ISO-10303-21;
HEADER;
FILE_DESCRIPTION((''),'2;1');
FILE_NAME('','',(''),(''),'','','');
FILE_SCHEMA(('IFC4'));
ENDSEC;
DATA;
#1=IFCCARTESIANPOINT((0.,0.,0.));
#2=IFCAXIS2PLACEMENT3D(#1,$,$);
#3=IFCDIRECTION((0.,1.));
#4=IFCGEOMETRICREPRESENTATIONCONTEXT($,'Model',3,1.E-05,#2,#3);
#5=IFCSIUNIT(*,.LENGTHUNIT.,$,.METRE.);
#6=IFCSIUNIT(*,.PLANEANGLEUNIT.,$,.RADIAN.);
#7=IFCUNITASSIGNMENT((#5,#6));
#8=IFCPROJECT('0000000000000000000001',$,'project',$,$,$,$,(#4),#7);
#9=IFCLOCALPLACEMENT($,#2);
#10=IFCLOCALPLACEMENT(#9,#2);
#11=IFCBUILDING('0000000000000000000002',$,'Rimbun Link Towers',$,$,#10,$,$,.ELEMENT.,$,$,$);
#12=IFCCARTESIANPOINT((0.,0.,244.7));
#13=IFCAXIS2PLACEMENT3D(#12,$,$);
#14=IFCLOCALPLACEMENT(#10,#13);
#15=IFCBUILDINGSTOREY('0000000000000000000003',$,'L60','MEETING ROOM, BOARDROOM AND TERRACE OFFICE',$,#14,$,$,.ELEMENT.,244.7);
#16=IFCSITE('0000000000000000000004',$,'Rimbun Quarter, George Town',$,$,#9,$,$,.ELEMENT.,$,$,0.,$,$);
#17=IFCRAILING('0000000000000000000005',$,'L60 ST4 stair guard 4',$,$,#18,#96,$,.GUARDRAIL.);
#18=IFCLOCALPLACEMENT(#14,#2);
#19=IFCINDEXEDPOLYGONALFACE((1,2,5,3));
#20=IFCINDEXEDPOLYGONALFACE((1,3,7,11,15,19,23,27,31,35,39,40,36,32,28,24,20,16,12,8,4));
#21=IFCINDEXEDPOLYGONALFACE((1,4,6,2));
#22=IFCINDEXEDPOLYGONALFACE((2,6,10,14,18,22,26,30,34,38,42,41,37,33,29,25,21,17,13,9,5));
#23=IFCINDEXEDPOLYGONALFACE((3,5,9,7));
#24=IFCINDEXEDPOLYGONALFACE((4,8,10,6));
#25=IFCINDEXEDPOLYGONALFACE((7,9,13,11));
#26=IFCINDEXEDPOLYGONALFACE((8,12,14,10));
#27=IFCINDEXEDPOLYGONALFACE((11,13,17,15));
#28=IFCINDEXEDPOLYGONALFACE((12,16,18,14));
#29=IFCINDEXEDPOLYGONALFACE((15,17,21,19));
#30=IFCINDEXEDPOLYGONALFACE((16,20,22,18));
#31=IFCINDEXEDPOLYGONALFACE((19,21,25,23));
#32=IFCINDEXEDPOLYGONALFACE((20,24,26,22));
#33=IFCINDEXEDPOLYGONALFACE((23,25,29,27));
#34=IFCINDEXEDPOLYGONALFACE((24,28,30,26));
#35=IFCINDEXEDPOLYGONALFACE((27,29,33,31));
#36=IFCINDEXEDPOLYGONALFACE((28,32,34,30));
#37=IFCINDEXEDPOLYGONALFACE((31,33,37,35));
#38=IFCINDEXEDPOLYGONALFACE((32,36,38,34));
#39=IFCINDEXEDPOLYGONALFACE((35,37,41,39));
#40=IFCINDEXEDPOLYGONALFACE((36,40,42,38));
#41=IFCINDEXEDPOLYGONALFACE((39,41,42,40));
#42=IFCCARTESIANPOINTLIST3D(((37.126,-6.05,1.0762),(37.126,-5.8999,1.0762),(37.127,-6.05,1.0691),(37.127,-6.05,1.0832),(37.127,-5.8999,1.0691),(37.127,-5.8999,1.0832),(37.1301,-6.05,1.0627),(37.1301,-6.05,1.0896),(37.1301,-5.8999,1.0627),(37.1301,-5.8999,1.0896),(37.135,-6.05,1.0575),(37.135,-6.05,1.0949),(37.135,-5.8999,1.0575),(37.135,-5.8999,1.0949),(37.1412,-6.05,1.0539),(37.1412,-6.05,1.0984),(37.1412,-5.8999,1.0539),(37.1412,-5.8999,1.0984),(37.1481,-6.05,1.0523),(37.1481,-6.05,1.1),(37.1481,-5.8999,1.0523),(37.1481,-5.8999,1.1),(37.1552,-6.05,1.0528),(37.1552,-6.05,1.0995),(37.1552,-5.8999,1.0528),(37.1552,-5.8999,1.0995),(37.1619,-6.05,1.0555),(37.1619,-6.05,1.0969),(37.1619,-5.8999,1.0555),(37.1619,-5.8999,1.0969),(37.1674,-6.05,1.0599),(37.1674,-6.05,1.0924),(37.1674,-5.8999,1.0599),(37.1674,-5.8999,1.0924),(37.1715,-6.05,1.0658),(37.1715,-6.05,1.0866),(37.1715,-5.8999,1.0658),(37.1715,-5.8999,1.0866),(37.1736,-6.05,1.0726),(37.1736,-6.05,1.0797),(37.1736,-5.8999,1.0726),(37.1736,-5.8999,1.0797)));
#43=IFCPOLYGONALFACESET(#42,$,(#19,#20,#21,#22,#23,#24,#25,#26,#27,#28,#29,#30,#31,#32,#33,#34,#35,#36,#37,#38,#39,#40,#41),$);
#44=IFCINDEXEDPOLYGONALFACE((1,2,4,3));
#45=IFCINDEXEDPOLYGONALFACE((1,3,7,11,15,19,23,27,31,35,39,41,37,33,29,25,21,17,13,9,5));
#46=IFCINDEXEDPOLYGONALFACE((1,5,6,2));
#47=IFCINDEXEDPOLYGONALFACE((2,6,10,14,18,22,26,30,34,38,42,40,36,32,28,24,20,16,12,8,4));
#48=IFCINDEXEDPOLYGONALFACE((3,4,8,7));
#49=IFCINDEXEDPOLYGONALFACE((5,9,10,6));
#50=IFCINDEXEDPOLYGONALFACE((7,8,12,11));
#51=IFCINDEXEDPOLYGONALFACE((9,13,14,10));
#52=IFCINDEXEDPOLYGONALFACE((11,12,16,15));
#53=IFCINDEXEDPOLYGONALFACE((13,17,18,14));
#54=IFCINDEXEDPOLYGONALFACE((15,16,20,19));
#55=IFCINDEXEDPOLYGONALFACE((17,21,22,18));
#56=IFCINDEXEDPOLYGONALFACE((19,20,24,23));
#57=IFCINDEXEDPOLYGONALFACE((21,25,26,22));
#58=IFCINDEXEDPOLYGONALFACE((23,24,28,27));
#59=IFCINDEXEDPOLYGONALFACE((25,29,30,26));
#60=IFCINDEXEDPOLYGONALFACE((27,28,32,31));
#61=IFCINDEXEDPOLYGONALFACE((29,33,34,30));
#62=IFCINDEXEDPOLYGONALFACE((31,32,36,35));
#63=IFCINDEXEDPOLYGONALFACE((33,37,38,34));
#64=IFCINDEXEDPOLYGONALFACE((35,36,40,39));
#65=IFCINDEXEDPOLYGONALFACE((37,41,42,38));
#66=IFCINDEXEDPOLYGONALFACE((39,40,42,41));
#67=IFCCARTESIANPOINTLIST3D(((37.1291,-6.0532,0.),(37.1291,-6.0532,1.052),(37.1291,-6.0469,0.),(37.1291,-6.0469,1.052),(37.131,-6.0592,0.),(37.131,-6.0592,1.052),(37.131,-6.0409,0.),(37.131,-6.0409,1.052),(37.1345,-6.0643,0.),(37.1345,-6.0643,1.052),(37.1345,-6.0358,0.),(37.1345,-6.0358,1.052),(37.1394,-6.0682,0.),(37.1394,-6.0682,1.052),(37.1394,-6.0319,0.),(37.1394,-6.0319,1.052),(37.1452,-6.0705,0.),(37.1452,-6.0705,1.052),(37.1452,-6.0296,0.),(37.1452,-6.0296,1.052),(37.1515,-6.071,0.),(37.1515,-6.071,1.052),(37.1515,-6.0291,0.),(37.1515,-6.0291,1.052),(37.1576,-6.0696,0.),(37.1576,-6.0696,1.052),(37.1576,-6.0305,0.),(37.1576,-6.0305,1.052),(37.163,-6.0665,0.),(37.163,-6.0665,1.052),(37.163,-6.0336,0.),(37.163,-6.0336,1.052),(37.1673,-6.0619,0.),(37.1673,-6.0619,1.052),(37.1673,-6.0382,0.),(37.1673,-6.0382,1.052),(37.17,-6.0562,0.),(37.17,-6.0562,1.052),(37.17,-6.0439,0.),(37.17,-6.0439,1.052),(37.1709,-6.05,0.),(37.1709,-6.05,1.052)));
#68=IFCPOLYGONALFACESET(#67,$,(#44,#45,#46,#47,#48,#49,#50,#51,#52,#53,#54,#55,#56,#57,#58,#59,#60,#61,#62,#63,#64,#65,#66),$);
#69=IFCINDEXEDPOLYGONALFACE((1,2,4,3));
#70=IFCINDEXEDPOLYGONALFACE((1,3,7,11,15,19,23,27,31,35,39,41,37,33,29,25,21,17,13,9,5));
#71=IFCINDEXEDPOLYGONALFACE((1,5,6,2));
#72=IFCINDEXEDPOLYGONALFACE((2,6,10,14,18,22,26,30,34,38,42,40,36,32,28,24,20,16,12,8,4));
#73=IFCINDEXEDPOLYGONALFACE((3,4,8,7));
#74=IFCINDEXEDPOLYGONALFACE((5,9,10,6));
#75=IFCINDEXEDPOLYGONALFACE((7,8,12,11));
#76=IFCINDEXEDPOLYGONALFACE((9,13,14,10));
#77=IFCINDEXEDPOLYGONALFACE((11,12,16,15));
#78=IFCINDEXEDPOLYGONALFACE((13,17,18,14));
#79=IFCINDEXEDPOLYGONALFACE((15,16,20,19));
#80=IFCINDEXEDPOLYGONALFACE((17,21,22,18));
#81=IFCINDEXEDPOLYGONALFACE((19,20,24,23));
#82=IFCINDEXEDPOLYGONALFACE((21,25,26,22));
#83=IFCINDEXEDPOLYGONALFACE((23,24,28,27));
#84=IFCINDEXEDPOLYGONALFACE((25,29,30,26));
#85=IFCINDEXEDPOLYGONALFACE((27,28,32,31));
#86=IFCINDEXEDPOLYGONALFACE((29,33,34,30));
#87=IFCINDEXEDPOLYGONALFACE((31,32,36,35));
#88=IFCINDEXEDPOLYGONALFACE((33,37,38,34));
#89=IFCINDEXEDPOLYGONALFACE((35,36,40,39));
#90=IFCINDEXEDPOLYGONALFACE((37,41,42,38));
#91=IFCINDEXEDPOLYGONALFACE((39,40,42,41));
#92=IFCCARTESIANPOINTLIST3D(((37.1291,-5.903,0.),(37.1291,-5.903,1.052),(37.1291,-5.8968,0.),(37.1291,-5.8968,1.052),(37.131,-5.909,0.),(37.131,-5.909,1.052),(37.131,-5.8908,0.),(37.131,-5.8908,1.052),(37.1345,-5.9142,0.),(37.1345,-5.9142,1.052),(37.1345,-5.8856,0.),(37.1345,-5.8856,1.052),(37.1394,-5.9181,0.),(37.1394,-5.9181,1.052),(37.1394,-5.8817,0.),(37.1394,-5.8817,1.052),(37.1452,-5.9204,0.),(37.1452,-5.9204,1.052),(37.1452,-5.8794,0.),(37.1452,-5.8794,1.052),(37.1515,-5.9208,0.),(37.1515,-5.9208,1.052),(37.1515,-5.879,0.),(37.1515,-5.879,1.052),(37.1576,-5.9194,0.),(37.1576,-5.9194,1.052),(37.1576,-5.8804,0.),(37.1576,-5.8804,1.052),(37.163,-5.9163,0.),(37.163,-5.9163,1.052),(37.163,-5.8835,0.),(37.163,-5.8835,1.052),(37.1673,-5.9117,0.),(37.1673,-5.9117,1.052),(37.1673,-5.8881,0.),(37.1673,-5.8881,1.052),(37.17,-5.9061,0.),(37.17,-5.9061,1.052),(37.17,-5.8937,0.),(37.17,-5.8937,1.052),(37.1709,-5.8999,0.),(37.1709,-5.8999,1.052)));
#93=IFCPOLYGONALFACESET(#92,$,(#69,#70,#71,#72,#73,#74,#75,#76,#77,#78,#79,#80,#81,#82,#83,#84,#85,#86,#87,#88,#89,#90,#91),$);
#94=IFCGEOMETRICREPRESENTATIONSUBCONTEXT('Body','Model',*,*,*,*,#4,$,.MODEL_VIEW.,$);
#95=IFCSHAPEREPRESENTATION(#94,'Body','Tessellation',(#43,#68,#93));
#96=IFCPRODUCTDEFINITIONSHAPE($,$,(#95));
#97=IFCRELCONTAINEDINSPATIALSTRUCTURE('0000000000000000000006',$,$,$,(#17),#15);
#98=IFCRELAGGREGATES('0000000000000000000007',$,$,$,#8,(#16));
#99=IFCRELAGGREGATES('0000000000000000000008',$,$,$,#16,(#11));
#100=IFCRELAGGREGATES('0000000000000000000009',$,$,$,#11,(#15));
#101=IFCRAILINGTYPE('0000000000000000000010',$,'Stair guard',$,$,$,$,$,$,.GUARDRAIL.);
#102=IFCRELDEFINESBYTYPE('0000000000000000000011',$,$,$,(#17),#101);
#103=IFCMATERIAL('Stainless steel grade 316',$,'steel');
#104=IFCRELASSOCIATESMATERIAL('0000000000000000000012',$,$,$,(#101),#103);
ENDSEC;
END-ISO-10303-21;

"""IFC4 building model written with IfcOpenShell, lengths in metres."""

from ifc_helpers import new_model, si_unit, direction, frame, origin, origin_2d, place, context, subcontext, project, spatial, circle, extrude, material, type_object, element, save


model = new_model("IFC4")

# Units and contexts
model_context = context("Model", 3, precision=1e-05, world=origin(), true_north=direction((0.0, 1.0)))
body_context = subcontext(model_context, "Body", "Model", "MODEL_VIEW")
ifc_project = project(units=[si_unit("LENGTHUNIT", "METRE"), si_unit("PLANEANGLEUNIT", "RADIAN")], contexts=[model_context])

# Site, building, storey
site_placement = place(None, origin())
site = spatial("IfcSite", under=ifc_project, at=site_placement, Name="Rimbun Quarter, George Town", CompositionType="ELEMENT", RefElevation=0.0)
building_placement = place(site_placement, origin())
building = spatial("IfcBuilding", under=site, at=building_placement, Name="Rimbun Link Towers", CompositionType="ELEMENT")
storey_placement = place(building_placement, frame((0.0, 0.0, 244.7)))
storey = spatial("IfcBuildingStorey", under=building, at=storey_placement, Name="L60", Description="MEETING ROOM, BOARDROOM AND TERRACE OFFICE", CompositionType="ELEMENT", Elevation=244.7)

# Railing
ifc_material_1 = material(Name="Stainless steel grade 316", Category="steel")
railing_type_1 = type_object("IfcRailingType", Name="Stair guard", PredefinedType="GUARDRAIL", material=ifc_material_1)
railing_1_placement = place(storey_placement, frame((37.1499, -6.05, 0.0)))
element("IfcRailing", 1, at=railing_1_placement, inside=storey, type_object=railing_type_1, Name="L60 ST4 stair guard 4", PredefinedType="GUARDRAIL", context=body_context, shape_type="SweptSolid", body=[
    extrude(circle(Radius=0.0239, at=origin_2d()), frame((0.0, 0.0, 1.0762), z_axis=(0.0, 1.0, 0.0), x_axis=(-1.0, 0.0, 0.0)), (0.0, 0.0, 1.0), 0.1501),
    extrude(circle(Radius=0.021, at=origin_2d()), origin(), (0.0, 0.0, 1.0), 1.052),
    extrude(circle(Radius=0.021, at=origin_2d()), frame((0.0, 0.1501, 0.0)), (0.0, 0.0, 1.0), 1.052),
])

save(model, "model.ifc")
